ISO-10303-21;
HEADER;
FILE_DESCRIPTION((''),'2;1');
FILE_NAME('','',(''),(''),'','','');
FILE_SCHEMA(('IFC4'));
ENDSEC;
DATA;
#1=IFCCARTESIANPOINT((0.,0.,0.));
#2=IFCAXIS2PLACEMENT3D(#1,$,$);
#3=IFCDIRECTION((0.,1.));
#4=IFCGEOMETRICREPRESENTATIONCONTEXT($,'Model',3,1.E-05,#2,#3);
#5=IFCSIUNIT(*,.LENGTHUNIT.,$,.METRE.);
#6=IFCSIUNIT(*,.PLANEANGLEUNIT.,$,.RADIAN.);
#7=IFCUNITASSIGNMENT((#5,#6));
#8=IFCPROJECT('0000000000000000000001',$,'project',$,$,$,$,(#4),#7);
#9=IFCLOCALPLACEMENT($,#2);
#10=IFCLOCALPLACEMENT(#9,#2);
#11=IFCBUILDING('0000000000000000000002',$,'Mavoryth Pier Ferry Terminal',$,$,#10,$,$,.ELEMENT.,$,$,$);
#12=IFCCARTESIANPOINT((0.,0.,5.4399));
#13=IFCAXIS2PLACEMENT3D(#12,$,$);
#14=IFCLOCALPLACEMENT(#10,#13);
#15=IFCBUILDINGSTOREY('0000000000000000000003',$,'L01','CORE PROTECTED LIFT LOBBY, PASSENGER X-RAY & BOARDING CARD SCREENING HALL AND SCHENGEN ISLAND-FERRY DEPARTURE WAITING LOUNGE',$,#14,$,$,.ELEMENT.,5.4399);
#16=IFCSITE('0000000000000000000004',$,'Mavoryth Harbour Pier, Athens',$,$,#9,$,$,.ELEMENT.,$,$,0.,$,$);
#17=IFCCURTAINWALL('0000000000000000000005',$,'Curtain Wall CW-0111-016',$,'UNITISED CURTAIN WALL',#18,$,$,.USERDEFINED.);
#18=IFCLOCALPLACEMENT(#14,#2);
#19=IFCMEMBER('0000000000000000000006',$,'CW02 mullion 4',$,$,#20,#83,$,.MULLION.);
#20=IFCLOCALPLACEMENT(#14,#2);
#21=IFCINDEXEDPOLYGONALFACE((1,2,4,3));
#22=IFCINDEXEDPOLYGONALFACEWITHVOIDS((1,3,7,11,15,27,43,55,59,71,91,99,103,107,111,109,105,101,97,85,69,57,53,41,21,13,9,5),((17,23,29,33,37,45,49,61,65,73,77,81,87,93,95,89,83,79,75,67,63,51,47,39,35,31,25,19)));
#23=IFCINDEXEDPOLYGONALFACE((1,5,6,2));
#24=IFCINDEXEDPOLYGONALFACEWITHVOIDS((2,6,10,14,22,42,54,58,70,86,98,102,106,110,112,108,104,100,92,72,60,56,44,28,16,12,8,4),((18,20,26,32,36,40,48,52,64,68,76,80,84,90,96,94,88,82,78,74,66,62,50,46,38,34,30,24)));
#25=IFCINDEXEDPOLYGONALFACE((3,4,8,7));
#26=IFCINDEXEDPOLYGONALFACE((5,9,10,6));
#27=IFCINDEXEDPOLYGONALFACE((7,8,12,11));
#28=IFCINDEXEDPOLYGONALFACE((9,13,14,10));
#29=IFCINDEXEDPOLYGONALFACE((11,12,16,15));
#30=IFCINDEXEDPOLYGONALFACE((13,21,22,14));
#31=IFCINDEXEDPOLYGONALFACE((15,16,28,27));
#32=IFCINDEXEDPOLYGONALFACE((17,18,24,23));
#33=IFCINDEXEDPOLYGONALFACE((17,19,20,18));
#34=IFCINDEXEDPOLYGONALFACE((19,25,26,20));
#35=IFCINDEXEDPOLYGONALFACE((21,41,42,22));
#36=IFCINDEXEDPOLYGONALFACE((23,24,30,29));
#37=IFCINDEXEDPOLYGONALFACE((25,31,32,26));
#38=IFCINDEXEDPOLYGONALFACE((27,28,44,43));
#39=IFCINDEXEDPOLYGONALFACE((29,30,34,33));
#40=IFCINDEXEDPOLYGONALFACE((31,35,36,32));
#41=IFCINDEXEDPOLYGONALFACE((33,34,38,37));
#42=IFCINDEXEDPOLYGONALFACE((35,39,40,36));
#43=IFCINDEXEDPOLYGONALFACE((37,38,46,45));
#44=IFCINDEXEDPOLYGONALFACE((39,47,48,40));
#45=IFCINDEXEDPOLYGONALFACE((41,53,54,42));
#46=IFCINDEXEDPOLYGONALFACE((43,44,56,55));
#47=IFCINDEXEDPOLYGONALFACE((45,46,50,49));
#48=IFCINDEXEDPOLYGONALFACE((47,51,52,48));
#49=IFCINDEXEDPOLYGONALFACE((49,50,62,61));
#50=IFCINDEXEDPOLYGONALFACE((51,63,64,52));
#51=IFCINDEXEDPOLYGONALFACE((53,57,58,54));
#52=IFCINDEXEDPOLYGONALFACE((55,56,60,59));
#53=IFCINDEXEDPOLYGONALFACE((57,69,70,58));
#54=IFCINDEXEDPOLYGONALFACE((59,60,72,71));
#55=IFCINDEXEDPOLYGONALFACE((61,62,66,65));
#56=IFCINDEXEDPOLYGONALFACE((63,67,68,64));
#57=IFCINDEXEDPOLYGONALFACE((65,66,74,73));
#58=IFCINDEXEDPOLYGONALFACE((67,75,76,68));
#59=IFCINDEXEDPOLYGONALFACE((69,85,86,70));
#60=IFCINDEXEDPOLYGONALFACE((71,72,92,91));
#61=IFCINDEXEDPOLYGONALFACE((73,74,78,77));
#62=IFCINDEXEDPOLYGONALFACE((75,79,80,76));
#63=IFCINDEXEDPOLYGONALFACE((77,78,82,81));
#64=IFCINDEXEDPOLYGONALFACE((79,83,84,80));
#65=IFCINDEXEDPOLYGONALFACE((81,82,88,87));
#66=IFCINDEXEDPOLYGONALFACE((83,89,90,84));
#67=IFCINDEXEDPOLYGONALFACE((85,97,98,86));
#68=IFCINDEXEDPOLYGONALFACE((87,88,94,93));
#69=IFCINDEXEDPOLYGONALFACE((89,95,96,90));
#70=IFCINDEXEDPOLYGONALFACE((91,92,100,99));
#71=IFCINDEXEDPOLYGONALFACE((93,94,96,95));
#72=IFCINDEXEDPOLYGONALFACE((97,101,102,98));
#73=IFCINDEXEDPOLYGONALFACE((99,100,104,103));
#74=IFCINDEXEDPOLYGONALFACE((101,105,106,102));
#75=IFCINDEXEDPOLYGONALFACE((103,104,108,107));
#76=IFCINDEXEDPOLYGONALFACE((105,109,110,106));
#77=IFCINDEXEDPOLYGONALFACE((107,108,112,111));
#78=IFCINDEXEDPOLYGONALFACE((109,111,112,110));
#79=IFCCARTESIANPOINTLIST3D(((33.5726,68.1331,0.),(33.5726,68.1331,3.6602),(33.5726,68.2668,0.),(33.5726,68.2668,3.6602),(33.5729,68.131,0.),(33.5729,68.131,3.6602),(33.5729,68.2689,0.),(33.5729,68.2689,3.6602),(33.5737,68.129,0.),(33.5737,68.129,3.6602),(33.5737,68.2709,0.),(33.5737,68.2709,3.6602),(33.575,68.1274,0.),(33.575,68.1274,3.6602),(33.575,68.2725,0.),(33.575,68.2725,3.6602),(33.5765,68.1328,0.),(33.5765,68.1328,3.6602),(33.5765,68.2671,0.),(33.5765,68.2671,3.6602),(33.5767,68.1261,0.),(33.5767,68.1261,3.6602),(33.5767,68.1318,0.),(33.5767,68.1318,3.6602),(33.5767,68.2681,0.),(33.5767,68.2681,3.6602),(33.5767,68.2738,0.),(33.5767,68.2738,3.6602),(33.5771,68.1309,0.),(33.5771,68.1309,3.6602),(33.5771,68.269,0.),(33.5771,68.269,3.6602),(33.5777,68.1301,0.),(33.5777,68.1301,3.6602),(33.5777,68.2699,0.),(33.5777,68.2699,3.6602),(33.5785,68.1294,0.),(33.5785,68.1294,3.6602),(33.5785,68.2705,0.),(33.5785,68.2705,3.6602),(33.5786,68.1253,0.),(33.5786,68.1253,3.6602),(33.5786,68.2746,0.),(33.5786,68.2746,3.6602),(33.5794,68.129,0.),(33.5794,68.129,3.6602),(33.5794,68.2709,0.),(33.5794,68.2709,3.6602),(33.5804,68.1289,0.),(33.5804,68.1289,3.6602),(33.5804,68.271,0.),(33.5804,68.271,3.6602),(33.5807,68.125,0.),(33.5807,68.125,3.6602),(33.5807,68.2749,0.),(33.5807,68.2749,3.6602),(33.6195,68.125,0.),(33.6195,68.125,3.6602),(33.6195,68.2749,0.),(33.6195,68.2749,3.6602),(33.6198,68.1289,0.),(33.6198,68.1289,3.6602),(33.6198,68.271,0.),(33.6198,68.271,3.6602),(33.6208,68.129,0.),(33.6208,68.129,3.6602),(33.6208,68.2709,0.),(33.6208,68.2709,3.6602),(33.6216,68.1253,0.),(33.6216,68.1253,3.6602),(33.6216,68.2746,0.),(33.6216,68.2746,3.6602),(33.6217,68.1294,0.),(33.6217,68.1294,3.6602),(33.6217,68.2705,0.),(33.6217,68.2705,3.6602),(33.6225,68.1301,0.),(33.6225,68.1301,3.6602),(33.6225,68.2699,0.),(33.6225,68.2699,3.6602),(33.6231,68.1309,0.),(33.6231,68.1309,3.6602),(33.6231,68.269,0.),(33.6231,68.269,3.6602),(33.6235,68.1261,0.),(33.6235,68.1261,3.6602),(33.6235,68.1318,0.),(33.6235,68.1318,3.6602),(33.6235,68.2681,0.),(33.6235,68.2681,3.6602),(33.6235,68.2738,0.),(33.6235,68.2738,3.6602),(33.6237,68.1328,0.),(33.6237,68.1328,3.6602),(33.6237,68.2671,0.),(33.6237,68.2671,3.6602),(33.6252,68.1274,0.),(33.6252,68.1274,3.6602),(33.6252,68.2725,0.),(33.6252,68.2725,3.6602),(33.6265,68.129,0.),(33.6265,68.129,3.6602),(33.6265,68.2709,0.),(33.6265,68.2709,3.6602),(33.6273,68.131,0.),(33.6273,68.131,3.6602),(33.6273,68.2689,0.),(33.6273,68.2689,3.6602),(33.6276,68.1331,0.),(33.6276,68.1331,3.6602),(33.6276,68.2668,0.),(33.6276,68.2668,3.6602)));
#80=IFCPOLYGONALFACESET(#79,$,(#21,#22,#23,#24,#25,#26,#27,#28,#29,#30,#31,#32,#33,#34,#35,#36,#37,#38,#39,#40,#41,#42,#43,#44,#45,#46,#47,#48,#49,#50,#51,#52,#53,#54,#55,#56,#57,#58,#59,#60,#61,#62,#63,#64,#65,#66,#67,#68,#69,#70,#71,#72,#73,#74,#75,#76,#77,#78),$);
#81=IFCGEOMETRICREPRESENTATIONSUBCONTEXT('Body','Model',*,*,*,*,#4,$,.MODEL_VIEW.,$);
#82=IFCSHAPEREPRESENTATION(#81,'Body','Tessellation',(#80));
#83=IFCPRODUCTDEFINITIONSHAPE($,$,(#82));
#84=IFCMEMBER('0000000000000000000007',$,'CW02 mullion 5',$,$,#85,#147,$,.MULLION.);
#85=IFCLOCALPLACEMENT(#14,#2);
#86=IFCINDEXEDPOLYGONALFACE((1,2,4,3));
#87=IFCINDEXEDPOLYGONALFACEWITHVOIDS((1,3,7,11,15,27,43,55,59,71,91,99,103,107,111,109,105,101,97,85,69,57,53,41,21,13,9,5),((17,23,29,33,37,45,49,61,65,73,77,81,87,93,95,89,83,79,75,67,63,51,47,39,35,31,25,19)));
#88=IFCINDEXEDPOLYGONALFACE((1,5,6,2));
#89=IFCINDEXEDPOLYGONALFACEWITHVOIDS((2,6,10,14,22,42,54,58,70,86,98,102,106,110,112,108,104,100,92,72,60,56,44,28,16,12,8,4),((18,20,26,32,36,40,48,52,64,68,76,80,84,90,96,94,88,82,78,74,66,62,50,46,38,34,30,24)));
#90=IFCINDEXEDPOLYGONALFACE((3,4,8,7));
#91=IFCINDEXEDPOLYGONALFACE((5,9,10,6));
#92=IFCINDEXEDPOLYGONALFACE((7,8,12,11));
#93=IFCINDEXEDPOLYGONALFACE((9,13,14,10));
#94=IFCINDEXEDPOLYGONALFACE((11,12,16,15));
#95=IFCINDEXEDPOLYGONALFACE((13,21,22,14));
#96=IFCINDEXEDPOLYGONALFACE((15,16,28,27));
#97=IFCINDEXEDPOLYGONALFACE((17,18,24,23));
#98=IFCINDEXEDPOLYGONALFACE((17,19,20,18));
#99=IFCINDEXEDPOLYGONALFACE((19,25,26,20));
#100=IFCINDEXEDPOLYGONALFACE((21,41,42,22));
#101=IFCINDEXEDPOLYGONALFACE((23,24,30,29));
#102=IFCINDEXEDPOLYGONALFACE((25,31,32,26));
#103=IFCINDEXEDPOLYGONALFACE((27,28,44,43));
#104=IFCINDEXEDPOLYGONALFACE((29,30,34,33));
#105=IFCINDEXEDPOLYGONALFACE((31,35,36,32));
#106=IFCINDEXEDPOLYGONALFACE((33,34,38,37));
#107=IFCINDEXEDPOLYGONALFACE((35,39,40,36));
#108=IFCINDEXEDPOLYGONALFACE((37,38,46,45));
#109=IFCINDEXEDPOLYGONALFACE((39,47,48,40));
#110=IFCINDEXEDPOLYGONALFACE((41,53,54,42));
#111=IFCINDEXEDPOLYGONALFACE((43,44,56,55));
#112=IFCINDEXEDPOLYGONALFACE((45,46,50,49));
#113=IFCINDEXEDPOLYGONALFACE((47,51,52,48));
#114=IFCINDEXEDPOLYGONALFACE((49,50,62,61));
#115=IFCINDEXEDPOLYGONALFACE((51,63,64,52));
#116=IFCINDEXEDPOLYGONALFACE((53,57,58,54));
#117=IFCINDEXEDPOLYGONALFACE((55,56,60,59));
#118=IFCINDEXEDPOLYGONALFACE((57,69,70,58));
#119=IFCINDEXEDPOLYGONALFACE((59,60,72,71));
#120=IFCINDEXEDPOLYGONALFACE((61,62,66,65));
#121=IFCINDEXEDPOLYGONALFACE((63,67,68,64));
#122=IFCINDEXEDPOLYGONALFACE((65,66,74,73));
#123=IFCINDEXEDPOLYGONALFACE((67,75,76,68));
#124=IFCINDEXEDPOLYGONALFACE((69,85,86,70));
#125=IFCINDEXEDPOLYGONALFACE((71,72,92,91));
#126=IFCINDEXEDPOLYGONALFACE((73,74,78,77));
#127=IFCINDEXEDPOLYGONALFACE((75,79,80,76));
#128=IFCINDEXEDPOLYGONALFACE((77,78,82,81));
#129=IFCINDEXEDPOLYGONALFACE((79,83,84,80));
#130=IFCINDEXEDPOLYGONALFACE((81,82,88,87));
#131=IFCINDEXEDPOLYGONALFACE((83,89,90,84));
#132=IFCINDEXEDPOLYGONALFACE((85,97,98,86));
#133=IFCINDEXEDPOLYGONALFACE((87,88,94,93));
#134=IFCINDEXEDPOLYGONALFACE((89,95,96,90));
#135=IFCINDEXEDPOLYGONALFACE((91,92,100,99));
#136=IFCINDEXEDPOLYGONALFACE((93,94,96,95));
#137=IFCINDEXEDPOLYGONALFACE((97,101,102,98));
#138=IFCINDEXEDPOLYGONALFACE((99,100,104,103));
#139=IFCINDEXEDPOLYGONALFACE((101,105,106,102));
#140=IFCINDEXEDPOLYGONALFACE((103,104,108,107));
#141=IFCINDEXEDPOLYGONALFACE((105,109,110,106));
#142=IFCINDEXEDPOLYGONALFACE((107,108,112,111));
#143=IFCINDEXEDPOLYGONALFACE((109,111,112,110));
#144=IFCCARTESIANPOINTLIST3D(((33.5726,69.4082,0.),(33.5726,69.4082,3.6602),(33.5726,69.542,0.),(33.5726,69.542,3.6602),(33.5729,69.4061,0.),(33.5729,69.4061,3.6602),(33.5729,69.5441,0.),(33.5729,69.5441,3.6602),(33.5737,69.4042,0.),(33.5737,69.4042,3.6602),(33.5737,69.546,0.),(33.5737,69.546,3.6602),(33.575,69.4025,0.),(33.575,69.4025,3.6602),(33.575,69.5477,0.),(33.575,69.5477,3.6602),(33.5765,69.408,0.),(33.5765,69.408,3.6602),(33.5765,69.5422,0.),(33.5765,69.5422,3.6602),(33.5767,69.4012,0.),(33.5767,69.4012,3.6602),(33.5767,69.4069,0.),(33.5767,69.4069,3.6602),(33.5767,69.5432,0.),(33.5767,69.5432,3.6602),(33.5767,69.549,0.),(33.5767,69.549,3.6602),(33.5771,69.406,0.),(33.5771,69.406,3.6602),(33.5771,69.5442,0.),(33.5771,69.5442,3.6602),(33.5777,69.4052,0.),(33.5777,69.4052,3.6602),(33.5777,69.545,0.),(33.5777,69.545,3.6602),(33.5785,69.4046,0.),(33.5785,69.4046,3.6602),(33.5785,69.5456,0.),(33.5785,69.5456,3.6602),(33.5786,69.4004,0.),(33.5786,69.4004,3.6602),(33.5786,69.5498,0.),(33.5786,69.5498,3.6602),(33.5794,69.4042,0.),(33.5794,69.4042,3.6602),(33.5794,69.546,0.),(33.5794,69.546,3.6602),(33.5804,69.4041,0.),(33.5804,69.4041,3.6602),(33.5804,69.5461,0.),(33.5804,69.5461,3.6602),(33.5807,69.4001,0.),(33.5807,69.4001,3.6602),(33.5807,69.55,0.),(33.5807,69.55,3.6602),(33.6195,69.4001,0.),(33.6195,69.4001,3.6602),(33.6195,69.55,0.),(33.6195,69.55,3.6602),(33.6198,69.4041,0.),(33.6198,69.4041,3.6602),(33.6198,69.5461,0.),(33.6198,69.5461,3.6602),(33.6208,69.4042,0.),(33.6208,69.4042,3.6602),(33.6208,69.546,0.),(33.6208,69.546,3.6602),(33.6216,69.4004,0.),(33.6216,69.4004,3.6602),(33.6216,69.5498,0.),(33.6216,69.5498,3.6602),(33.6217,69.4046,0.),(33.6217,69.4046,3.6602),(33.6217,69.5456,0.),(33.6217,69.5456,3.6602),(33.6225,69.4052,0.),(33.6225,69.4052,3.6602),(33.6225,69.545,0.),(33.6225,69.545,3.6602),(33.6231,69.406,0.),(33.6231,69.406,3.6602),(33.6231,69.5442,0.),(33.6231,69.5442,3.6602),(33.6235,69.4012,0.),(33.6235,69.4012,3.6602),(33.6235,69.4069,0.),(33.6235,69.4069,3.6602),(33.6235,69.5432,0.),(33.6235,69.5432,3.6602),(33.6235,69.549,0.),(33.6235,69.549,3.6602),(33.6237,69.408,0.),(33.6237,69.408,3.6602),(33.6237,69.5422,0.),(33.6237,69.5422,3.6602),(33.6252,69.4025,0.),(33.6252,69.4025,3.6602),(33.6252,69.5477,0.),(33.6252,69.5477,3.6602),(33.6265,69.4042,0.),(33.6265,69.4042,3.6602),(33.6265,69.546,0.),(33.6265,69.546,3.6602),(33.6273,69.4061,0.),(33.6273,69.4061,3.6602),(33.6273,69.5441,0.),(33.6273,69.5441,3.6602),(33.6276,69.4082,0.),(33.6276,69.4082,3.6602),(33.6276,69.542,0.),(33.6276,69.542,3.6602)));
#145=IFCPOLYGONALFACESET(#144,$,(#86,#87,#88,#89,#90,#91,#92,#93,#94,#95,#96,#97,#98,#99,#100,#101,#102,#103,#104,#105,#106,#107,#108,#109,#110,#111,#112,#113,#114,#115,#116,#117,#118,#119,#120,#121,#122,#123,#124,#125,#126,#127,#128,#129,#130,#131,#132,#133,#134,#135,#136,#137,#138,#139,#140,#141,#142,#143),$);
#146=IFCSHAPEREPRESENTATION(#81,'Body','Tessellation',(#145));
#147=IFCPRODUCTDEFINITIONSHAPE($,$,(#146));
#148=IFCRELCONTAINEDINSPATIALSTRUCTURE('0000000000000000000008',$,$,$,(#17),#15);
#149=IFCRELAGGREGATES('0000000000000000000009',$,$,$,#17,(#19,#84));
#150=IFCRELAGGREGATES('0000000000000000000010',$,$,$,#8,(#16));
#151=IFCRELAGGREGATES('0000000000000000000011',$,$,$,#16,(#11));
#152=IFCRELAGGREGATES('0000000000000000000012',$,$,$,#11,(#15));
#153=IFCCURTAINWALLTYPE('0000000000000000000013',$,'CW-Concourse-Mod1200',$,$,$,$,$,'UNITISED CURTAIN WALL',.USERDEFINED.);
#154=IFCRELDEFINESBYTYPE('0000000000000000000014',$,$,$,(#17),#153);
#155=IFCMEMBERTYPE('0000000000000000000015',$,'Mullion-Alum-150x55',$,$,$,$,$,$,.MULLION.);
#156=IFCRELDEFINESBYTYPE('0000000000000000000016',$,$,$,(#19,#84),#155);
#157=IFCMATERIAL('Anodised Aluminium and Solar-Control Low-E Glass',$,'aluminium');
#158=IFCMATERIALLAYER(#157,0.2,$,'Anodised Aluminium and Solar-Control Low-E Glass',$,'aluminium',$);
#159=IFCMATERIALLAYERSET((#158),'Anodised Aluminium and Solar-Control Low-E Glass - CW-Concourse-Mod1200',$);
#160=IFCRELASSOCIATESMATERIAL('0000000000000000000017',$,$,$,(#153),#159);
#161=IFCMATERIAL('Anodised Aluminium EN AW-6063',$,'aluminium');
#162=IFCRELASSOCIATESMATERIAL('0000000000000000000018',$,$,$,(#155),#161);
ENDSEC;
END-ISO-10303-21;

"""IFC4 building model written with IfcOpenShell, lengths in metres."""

from ifc_helpers import new_model, si_unit, direction, frame, origin, origin_2d, place, context, subcontext, project, spatial, hollow_rectangle, extrude, material, layer, layer_set, material_profile, profile_set, type_object, element, aggregate, save


model = new_model("IFC4")

# Units and contexts
model_context = context("Model", 3, precision=1e-05, world=origin(), true_north=direction((0.0, 1.0)))
body_context = subcontext(model_context, "Body", "Model", "MODEL_VIEW")
ifc_project = project(units=[si_unit("LENGTHUNIT", "METRE"), si_unit("PLANEANGLEUNIT", "RADIAN")], contexts=[model_context])

# Site, building, storey
site_placement = place(None, origin())
site = spatial("IfcSite", under=ifc_project, at=site_placement, Name="Mavoryth Harbour Pier, Athens", CompositionType="ELEMENT", RefElevation=0.0)
building_placement = place(site_placement, origin())
building = spatial("IfcBuilding", under=site, at=building_placement, Name="Mavoryth Pier Ferry Terminal", CompositionType="ELEMENT")
storey_placement = place(building_placement, frame((0.0, 0.0, 5.4399)))
storey = spatial("IfcBuildingStorey", under=building, at=storey_placement, Name="L01", Description="CORE PROTECTED LIFT LOBBY, PASSENGER X-RAY & BOARDING CARD SCREENING HALL AND SCHENGEN ISLAND-FERRY DEPARTURE WAITING LOUNGE", CompositionType="ELEMENT", Elevation=5.4399)

# Curtain wall, members
ifc_material_1 = material(Name="Anodised Aluminium and Solar-Control Low-E Glass", Category="aluminium")
ifc_layer_1 = layer(ifc_material_1, 0.2, Name="Anodised Aluminium and Solar-Control Low-E Glass", Category="aluminium")
ifc_layer_set_1 = layer_set([ifc_layer_1], Name="Anodised Aluminium and Solar-Control Low-E Glass - CW-Concourse-Mod1200")
curtain_wall_type = type_object("IfcCurtainWallType", Name="CW-Concourse-Mod1200", ElementType="UNITISED CURTAIN WALL", PredefinedType="USERDEFINED", material=ifc_layer_set_1)
curtain_wall_1_placement = place(storey_placement, origin())
curtain_wall_1 = element("IfcCurtainWall", 1, at=curtain_wall_1_placement, inside=storey, type_object=curtain_wall_type, Name="Curtain Wall CW-0111-016", ObjectType="UNITISED CURTAIN WALL", PredefinedType="USERDEFINED")
ifc_material_2 = material(Name="Anodised Aluminium EN AW-6063", Category="aluminium")
ifc_material_profile_1 = material_profile(ifc_material_2, hollow_rectangle(XDim=0.0549, YDim=0.1499, WallThickness=0.0039, InnerFilletRadius=0.0039, OuterFilletRadius=0.0081, at=origin_2d()), Name="AL-MULL 150x55x4", Category="aluminium")
ifc_profile_set_1 = profile_set([ifc_material_profile_1], Name="Anodised Aluminium EN AW-6063 - AL-MULL 150x55x4")
member_type_1 = type_object("IfcMemberType", Name="Mullion-Alum-150x55", PredefinedType="MULLION", material=ifc_profile_set_1)
member_1_placement = place(storey_placement, frame((33.6001, 68.2, 0.0), z_axis=(0.0, 0.0, 1.0), x_axis=(-1.0, 0.0, 0.0)))
member_1 = element("IfcMember", 2, at=member_1_placement, type_object=member_type_1, Name="CW02 mullion 4", PredefinedType="MULLION", context=body_context, shape_type="SweptSolid", body=[
    extrude(hollow_rectangle(XDim=0.0549, YDim=0.1499, WallThickness=0.0039, InnerFilletRadius=0.0039, OuterFilletRadius=0.0081, at=origin_2d()), origin(), (0.0, 0.0, 1.0), 3.6602),
])
member_2_placement = place(storey_placement, frame((33.6001, 69.4751, 0.0), z_axis=(0.0, 0.0, 1.0), x_axis=(-1.0, 0.0, 0.0)))
member_2 = element("IfcMember", 3, at=member_2_placement, type_object=member_type_1, Name="CW02 mullion 5", PredefinedType="MULLION", context=body_context, shape_type="SweptSolid", body=[
    extrude(hollow_rectangle(XDim=0.0549, YDim=0.1499, WallThickness=0.0039, InnerFilletRadius=0.0039, OuterFilletRadius=0.0081, at=origin_2d()), origin(), (0.0, 0.0, 1.0), 3.6602),
])

aggregate(curtain_wall_1, [member_1, member_2])

save(model, "model.ifc")
